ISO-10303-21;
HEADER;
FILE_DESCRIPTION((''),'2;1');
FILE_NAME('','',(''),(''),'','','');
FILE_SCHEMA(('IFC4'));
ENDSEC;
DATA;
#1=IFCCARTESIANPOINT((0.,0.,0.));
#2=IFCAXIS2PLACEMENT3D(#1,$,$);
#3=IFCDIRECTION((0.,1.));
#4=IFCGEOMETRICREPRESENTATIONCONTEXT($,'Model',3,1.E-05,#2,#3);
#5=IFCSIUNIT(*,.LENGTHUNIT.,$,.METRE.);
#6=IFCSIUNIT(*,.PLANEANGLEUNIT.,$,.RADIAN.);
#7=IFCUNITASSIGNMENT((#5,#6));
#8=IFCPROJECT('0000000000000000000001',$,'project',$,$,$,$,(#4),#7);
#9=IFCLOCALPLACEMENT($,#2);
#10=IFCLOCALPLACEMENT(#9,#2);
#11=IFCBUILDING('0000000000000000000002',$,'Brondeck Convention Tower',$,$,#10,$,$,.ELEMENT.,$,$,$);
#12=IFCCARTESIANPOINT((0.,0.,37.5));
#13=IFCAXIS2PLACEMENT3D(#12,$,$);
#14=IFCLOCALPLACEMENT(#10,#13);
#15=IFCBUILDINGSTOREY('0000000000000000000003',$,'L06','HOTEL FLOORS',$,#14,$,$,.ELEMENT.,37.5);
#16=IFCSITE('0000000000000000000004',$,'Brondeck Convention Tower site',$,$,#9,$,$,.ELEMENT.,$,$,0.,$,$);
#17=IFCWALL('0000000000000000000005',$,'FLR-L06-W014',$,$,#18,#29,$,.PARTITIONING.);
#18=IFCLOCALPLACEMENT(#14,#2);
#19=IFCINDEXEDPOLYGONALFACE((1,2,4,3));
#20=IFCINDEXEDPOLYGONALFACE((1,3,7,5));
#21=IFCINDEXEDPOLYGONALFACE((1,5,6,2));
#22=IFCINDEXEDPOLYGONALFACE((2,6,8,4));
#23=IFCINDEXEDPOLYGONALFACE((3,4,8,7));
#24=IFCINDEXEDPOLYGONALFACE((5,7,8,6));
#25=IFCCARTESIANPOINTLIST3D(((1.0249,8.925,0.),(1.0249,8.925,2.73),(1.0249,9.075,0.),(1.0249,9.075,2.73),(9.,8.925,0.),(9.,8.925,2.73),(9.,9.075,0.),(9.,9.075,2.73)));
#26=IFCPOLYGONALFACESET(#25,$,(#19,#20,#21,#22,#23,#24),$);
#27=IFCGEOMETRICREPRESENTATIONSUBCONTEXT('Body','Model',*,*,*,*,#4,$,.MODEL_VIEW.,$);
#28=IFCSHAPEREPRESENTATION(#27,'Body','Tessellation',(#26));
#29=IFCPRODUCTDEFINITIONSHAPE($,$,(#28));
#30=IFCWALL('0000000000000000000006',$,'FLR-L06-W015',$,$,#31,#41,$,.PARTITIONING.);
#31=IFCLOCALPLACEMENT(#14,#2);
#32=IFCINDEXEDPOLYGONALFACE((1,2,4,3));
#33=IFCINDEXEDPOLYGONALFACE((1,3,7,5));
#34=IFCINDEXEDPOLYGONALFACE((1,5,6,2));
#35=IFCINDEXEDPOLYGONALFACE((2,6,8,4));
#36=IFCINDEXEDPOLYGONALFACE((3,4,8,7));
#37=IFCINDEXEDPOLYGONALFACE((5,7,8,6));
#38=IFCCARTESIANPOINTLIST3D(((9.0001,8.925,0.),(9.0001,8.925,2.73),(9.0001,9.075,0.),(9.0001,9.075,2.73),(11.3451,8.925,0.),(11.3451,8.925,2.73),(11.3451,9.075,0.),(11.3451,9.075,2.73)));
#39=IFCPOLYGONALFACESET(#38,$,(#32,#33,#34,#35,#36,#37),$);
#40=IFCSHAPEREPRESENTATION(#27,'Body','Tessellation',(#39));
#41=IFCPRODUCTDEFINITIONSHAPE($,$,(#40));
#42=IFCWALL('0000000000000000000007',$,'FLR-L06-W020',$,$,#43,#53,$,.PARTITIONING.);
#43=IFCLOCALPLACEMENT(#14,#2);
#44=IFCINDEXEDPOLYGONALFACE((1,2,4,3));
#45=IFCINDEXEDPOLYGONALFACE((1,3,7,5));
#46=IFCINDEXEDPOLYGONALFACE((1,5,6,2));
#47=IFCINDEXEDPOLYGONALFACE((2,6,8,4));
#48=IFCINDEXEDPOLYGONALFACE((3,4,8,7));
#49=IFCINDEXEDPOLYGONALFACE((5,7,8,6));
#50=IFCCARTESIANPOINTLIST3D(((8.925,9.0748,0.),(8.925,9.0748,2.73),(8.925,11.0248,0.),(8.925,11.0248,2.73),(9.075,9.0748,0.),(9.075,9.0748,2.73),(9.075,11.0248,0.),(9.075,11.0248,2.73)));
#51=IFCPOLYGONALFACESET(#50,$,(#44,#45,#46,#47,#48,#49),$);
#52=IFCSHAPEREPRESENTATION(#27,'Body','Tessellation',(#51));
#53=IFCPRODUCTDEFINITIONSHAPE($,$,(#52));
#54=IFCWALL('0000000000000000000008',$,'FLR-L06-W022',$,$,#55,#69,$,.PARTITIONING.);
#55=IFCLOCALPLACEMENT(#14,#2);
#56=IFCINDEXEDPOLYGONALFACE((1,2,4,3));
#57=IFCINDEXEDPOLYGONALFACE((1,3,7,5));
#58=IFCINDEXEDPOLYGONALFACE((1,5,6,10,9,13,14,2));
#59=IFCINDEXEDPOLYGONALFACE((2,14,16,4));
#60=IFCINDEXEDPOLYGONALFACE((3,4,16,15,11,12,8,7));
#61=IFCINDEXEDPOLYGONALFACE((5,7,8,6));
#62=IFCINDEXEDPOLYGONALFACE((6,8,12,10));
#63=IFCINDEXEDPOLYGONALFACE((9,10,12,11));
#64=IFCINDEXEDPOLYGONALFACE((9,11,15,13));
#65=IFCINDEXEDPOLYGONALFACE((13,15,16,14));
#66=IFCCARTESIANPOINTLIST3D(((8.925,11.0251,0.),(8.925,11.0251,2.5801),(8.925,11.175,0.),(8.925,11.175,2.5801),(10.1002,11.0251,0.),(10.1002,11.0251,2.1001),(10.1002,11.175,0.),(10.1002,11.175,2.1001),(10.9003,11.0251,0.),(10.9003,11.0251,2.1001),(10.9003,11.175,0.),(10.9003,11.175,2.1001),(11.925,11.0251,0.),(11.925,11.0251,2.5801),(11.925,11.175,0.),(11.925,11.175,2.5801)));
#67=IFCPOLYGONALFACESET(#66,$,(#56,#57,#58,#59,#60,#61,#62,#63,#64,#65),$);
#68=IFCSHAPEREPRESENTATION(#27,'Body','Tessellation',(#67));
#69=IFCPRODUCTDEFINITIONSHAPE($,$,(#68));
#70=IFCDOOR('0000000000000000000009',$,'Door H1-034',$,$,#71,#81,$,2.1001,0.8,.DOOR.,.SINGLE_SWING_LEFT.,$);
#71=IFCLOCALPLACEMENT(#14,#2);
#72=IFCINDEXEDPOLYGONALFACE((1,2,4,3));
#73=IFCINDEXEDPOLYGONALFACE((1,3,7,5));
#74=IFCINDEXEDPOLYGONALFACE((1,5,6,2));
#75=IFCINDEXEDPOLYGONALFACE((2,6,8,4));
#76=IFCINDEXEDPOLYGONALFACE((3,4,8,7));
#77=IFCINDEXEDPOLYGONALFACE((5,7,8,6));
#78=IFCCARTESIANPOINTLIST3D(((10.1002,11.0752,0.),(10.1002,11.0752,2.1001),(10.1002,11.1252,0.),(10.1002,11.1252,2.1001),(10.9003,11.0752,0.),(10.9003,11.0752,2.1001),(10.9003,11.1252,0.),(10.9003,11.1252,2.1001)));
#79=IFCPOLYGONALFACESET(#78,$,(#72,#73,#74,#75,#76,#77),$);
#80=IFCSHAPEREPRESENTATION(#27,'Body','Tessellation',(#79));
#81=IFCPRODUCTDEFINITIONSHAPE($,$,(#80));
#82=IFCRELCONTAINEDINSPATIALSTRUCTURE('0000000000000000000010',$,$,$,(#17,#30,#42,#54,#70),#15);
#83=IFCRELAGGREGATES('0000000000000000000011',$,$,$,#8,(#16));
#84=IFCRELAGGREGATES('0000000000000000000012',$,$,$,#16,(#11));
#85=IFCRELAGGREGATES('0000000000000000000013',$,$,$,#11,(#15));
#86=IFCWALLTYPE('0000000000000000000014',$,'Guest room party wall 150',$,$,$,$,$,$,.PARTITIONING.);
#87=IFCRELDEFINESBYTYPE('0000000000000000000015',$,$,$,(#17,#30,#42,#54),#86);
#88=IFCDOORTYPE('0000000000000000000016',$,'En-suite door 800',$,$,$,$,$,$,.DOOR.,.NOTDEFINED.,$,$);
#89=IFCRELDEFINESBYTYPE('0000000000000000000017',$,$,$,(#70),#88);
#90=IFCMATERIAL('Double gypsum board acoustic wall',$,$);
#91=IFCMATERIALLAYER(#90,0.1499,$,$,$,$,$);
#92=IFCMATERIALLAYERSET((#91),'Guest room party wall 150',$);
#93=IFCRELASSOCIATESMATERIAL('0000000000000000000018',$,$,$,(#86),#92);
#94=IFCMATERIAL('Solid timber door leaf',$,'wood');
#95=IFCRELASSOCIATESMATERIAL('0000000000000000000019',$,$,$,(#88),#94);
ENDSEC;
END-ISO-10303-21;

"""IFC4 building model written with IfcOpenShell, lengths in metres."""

from ifc_helpers import new_model, si_unit, direction, frame, frame_2d, origin, place, context, subcontext, project, spatial, rectangle, extrude, material, layer, layer_set, type_object, element, fill, save


model = new_model("IFC4")

# Units and contexts
model_context = context("Model", 3, precision=1e-05, world=origin(), true_north=direction((0.0, 1.0)))
body_context = subcontext(model_context, "Body", "Model", "MODEL_VIEW")
ifc_project = project(units=[si_unit("LENGTHUNIT", "METRE"), si_unit("PLANEANGLEUNIT", "RADIAN")], contexts=[model_context])

# Site, building, storey
site_placement = place(None, origin())
site = spatial("IfcSite", under=ifc_project, at=site_placement, Name="Brondeck Convention Tower site", CompositionType="ELEMENT", RefElevation=0.0)
building_placement = place(site_placement, origin())
building = spatial("IfcBuilding", under=site, at=building_placement, Name="Brondeck Convention Tower", CompositionType="ELEMENT")
storey_placement = place(building_placement, frame((0.0, 0.0, 37.5)))
storey = spatial("IfcBuildingStorey", under=building, at=storey_placement, Name="L06", Description="HOTEL FLOORS", CompositionType="ELEMENT", Elevation=37.5)

# Shared definitions
ifc_material_1 = material(Name="Double gypsum board acoustic wall")
ifc_layer = layer(ifc_material_1, 0.1499)
ifc_layer_set = layer_set([ifc_layer], Name="Guest room party wall 150")
wall_type = type_object("IfcWallType", Name="Guest room party wall 150", PredefinedType="PARTITIONING", material=ifc_layer_set)

# Shared definitions
ifc_material_2 = material(Name="Solid timber door leaf", Category="wood")
door_type = type_object("IfcDoorType", Name="En-suite door 800", OperationType="NOTDEFINED", PredefinedType="DOOR", material=ifc_material_2)

# Walls
wall_1_placement = place(storey_placement, frame((9.0, 9.0, 0.0), z_axis=(0.0, 0.0, 1.0), x_axis=(-1.0, 0.0, 0.0)))
element("IfcWall", 1, at=wall_1_placement, inside=storey, type_object=wall_type, Name="FLR-L06-W014", PredefinedType="PARTITIONING", context=body_context, shape_type="SweptSolid", body=[
    extrude(rectangle(XDim=7.9751, YDim=0.1499, at=frame_2d((3.9875, 0.0))), origin(), (0.0, 0.0, 1.0), 2.73),
])
wall_2_placement = place(storey_placement, frame((11.345, 9.0, 0.0), z_axis=(0.0, 0.0, 1.0), x_axis=(-1.0, 0.0, 0.0)))
element("IfcWall", 2, at=wall_2_placement, inside=storey, type_object=wall_type, Name="FLR-L06-W015", PredefinedType="PARTITIONING", context=body_context, shape_type="SweptSolid", body=[
    extrude(rectangle(XDim=2.345, YDim=0.1499, at=frame_2d((1.1724, 0.0))), origin(), (0.0, 0.0, 1.0), 2.73),
])
wall_3_placement = place(storey_placement, frame((9.0, 11.0249, 0.0), z_axis=(0.0, 0.0, 1.0), x_axis=(0.0, -1.0, 0.0)))
element("IfcWall", 3, at=wall_3_placement, inside=storey, type_object=wall_type, Name="FLR-L06-W020", PredefinedType="PARTITIONING", context=body_context, shape_type="SweptSolid", body=[
    extrude(rectangle(XDim=1.95, YDim=0.1499, at=frame_2d((0.9751, 0.0))), origin(), (0.0, 0.0, 1.0), 2.73),
])

# Wall, opening, door
wall_4_placement = place(storey_placement, frame((11.925, 11.1001, 0.0), z_axis=(0.0, 0.0, 1.0), x_axis=(-1.0, 0.0, 0.0)))
wall_4 = element("IfcWall", 4, at=wall_4_placement, inside=storey, type_object=wall_type, Name="FLR-L06-W022", PredefinedType="PARTITIONING", context=body_context, shape_type="SweptSolid", body=[
    extrude(rectangle(XDim=3.0, YDim=0.1499, at=frame_2d((1.5, 0.0))), origin(), (0.0, 0.0, 1.0), 2.5801),
])
opening_1_placement = place(wall_4_placement, frame((1.0249, 0.0, 0.0)))
opening_1 = element("IfcOpeningElement", 5, at=opening_1_placement, cuts=wall_4, PredefinedType="OPENING", context=body_context, shape_type="SweptSolid", body=[
    extrude(rectangle(XDim=0.8, YDim=2.1001, at=frame_2d((0.3999, 1.05))), frame((0.0, 0.085, 0.0), z_axis=(0.0, -1.0, 0.0), x_axis=(1.0, 0.0, 0.0)), (0.0, 0.0, 1.0), 0.1699),
])
door_1_placement = place(opening_1_placement, origin())
door_1 = element("IfcDoor", 6, at=door_1_placement, inside=storey, type_object=door_type, Name="Door H1-034", OperationType="SINGLE_SWING_LEFT", OverallHeight=2.1001, OverallWidth=0.8, PredefinedType="DOOR", context=body_context, shape_type="SweptSolid", body=[
    extrude(rectangle(XDim=0.8, YDim=2.1001, at=frame_2d((0.3999, 1.05))), frame((0.0, 0.0249, 0.0), z_axis=(0.0, -1.0, 0.0), x_axis=(1.0, 0.0, 0.0)), (0.0, 0.0, 1.0), 0.05),
])
fill(opening_1, door_1)

save(model, "model.ifc")
